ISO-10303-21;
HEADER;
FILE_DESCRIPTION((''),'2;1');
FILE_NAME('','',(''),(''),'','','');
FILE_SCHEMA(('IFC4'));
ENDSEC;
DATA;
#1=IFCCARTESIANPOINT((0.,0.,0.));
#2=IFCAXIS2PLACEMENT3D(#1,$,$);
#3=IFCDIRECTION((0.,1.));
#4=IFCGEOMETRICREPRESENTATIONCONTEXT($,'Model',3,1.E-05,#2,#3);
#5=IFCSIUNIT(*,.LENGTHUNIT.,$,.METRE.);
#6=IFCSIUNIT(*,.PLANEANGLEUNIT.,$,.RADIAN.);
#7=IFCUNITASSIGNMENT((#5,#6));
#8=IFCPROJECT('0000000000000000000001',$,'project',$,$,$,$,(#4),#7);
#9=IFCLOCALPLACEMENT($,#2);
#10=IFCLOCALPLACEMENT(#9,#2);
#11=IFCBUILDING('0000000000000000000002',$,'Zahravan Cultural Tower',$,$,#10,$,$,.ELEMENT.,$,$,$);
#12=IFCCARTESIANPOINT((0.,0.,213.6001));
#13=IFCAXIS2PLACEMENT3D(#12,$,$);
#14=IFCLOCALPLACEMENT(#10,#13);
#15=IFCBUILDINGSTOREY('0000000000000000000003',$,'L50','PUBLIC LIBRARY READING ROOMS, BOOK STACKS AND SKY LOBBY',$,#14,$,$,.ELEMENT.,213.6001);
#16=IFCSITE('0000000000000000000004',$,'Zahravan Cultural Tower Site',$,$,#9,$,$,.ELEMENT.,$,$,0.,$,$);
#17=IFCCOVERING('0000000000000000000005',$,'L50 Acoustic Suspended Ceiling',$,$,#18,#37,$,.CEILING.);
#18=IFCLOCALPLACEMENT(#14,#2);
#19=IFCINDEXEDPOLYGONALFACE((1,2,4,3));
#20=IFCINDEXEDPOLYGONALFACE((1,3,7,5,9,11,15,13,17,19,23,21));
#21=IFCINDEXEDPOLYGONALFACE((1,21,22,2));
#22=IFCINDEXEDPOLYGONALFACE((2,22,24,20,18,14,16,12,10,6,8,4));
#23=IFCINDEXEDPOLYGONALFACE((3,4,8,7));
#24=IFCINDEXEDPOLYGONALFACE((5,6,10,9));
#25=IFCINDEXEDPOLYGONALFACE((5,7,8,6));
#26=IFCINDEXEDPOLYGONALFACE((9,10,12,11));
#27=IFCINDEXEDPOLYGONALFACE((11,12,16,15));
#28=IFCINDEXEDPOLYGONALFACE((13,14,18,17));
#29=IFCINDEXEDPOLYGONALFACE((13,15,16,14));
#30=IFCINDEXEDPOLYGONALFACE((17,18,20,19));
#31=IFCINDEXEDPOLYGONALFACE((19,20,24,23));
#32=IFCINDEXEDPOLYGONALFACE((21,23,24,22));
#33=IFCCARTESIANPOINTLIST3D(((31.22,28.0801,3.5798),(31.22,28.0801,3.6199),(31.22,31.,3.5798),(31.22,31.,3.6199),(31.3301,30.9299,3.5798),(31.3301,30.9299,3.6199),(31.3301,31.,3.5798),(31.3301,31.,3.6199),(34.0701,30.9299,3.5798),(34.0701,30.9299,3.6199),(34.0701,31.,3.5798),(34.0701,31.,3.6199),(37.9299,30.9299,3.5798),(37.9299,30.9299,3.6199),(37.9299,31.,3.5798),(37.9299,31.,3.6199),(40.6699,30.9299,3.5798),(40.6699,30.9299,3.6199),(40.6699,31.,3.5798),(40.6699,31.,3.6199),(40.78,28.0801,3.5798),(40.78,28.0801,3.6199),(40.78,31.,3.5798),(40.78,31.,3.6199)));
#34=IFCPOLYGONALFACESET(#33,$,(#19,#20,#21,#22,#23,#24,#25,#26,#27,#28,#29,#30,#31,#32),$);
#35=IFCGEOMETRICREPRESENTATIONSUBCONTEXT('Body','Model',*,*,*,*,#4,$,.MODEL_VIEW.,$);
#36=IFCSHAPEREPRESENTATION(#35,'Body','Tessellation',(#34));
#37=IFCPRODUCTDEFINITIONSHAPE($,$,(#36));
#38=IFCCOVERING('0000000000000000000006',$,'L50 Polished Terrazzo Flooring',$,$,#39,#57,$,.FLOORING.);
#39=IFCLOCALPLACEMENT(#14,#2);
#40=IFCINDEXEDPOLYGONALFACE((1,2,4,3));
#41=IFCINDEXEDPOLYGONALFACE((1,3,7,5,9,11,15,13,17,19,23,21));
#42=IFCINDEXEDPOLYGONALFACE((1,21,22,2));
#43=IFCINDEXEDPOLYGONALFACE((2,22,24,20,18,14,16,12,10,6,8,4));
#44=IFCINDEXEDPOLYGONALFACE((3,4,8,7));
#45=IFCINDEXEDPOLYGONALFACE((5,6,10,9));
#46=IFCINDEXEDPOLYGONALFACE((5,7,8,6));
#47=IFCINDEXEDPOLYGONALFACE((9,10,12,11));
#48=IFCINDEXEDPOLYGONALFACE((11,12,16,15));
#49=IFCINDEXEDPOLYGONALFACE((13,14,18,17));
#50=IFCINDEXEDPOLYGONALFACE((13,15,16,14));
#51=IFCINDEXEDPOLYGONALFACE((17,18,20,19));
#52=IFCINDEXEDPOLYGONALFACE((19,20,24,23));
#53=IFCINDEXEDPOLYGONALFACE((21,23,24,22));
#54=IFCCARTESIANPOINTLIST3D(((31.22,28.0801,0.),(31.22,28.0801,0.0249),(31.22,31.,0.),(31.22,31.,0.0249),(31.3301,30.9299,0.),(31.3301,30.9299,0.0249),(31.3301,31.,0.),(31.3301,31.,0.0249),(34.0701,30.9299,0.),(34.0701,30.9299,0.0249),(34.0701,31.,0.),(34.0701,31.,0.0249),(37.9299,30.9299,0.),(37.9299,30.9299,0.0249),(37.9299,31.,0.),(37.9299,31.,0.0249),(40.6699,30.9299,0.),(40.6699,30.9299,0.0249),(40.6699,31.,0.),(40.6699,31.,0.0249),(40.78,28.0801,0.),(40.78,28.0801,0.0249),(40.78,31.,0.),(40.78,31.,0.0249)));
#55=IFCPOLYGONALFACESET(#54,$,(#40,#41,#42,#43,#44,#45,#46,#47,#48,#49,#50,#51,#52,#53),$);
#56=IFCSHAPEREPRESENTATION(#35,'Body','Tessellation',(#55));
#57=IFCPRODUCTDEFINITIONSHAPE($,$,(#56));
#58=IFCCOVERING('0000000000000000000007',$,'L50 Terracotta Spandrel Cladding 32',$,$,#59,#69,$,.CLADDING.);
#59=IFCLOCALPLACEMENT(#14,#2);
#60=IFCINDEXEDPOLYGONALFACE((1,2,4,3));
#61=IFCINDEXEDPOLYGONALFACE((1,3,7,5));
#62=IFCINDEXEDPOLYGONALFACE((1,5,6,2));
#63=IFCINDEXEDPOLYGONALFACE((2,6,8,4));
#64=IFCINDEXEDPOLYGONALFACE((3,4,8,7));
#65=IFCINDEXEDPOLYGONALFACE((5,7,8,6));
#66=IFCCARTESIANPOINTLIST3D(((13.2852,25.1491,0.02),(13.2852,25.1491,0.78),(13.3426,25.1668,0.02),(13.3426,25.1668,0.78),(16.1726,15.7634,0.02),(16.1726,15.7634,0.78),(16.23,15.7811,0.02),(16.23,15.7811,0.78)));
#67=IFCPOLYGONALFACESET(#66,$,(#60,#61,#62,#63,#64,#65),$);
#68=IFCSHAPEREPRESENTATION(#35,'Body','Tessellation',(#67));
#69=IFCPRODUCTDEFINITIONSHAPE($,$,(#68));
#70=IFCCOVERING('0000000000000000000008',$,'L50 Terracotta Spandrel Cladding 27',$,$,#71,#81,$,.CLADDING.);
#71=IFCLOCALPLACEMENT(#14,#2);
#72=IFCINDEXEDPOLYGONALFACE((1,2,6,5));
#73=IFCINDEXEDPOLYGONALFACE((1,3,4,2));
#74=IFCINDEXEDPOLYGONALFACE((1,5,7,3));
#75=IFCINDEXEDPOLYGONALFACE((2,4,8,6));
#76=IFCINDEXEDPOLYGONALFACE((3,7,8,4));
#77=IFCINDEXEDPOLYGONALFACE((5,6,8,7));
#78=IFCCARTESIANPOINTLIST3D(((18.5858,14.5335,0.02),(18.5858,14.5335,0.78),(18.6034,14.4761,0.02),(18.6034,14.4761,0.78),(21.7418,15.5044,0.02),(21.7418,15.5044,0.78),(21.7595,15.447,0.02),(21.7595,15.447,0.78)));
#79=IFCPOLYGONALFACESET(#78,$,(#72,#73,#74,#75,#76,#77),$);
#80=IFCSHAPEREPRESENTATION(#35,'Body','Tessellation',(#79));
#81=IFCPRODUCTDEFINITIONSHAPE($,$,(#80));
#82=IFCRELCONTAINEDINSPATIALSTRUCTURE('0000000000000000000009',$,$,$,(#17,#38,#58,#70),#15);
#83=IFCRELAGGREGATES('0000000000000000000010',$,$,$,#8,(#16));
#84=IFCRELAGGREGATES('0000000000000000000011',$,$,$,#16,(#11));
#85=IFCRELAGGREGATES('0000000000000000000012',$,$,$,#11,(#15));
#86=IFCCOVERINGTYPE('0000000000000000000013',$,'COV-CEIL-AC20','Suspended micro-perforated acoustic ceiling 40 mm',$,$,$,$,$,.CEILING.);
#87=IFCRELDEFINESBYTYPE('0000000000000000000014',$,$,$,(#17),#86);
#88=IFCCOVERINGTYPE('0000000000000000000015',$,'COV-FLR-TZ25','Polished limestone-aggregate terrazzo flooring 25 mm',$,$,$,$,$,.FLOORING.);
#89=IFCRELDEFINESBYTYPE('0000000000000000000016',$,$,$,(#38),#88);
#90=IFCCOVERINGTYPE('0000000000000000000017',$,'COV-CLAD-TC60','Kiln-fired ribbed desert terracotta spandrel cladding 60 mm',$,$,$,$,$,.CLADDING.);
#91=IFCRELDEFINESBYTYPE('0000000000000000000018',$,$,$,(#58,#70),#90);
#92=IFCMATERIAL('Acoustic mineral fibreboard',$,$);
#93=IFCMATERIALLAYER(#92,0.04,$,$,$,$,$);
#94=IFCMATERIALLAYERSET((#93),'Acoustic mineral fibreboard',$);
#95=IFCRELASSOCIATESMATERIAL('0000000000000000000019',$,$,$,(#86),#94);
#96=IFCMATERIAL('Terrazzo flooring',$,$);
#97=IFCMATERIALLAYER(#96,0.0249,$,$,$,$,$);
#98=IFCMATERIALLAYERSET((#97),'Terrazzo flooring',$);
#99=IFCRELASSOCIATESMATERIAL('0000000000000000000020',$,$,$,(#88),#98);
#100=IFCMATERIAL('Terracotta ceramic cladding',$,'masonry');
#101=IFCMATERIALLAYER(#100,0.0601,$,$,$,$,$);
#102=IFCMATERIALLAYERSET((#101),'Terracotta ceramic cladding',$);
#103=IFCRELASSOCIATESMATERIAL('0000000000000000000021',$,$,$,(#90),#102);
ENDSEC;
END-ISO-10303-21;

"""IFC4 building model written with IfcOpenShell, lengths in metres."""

from ifc_helpers import new_model, si_unit, direction, frame, origin, origin_2d, place, context, subcontext, project, spatial, polyline, rectangle, outline, extrude, source, transform, mapped, material, layer, layer_set, type_object, element, save


model = new_model("IFC4")

# Units and contexts
model_context = context("Model", 3, precision=1e-05, world=origin(), true_north=direction((0.0, 1.0)))
body_context = subcontext(model_context, "Body", "Model", "MODEL_VIEW")
ifc_project = project(units=[si_unit("LENGTHUNIT", "METRE"), si_unit("PLANEANGLEUNIT", "RADIAN")], contexts=[model_context])

# Site, building, storey
site_placement = place(None, origin())
site = spatial("IfcSite", under=ifc_project, at=site_placement, Name="Zahravan Cultural Tower Site", CompositionType="ELEMENT", RefElevation=0.0)
building_placement = place(site_placement, origin())
building = spatial("IfcBuilding", under=site, at=building_placement, Name="Zahravan Cultural Tower", CompositionType="ELEMENT")
storey_placement = place(building_placement, frame((0.0, 0.0, 213.6001)))
storey = spatial("IfcBuildingStorey", under=building, at=storey_placement, Name="L50", Description="PUBLIC LIBRARY READING ROOMS, BOOK STACKS AND SKY LOBBY", CompositionType="ELEMENT", Elevation=213.6001)

# Coverings
ifc_material_1 = material(Name="Acoustic mineral fibreboard")
ifc_layer_1 = layer(ifc_material_1, 0.04)
ifc_layer_set_1 = layer_set([ifc_layer_1], Name="Acoustic mineral fibreboard")
covering_type_1 = type_object("IfcCoveringType", Name="COV-CEIL-AC20", Description="Suspended micro-perforated acoustic ceiling 40 mm", PredefinedType="CEILING", material=ifc_layer_set_1)
covering_1_placement = place(storey_placement, frame((0.0, 0.0, 3.5798)))
element("IfcCovering", 1, at=covering_1_placement, inside=storey, type_object=covering_type_1, Name="L50 Acoustic Suspended Ceiling", PredefinedType="CEILING", context=body_context, shape_type="SweptSolid", body=[
    extrude(outline(polyline([(31.22, 31.0), (31.22, 28.0801), (40.78, 28.0801), (40.78, 31.0), (40.6699, 31.0), (40.6699, 30.9299), (37.9299, 30.9299), (37.9299, 31.0), (34.0701, 31.0), (34.0701, 30.9299), (31.3301, 30.9299), (31.3301, 31.0), (31.22, 31.0)])), origin(), (0.0, 0.0, 1.0), 0.04),
])
ifc_material_2 = material(Name="Terrazzo flooring")
ifc_layer_2 = layer(ifc_material_2, 0.0249)
ifc_layer_set_2 = layer_set([ifc_layer_2], Name="Terrazzo flooring")
covering_type_2 = type_object("IfcCoveringType", Name="COV-FLR-TZ25", Description="Polished limestone-aggregate terrazzo flooring 25 mm", PredefinedType="FLOORING", material=ifc_layer_set_2)
covering_2_placement = place(storey_placement, origin())
element("IfcCovering", 2, at=covering_2_placement, inside=storey, type_object=covering_type_2, Name="L50 Polished Terrazzo Flooring", PredefinedType="FLOORING", context=body_context, shape_type="SweptSolid", body=[
    extrude(outline(polyline([(31.22, 31.0), (31.22, 28.0801), (40.78, 28.0801), (40.78, 31.0), (40.6699, 31.0), (40.6699, 30.9299), (37.9299, 30.9299), (37.9299, 31.0), (34.0701, 31.0), (34.0701, 30.9299), (31.3301, 30.9299), (31.3301, 31.0), (31.22, 31.0)])), origin(), (0.0, 0.0, 1.0), 0.0249),
])
ifc_material_3 = material(Name="Terracotta ceramic cladding", Category="masonry")
ifc_layer_3 = layer(ifc_material_3, 0.0601)
ifc_layer_set_3 = layer_set([ifc_layer_3], Name="Terracotta ceramic cladding")
covering_type_3 = type_object("IfcCoveringType", Name="COV-CLAD-TC60", Description="Kiln-fired ribbed desert terracotta spandrel cladding 60 mm", PredefinedType="CLADDING", material=ifc_layer_set_3)
shared_shape_1 = source(origin(), body_context, "Body", "SweptSolid", [
    extrude(rectangle(XDim=9.8198, YDim=0.0601, at=origin_2d()), origin(), (0.0, 0.0, 1.0), 0.76),
])
covering_3_placement = place(storey_placement, frame((14.7576, 20.4651, 0.02), z_axis=(0.0, 0.0, 1.0), x_axis=(-0.29404, 0.955793, 0.0)))
element("IfcCovering", 3, at=covering_3_placement, inside=storey, type_object=covering_type_3, Name="L50 Terracotta Spandrel Cladding 32", PredefinedType="CLADDING", context=body_context, shape_type="MappedRepresentation", body=[
    mapped(shared_shape_1, transform((0.0, 0.0, 0.0), x_axis=(1.0, 0.0, 0.0), y_axis=(0.0, 1.0, 0.0), z_axis=(0.0, 0.0, 1.0), scale=1.0)),
])
shared_shape_2 = source(origin(), body_context, "Body", "SweptSolid", [
    extrude(rectangle(XDim=3.302, YDim=0.0601, at=origin_2d()), origin(), (0.0, 0.0, 1.0), 0.76),
])
covering_4_placement = place(storey_placement, frame((20.1726, 14.9902, 0.02), z_axis=(0.0, 0.0, 1.0), x_axis=(-0.955793, -0.29404, 0.0)))
element("IfcCovering", 4, at=covering_4_placement, inside=storey, type_object=covering_type_3, Name="L50 Terracotta Spandrel Cladding 27", PredefinedType="CLADDING", context=body_context, shape_type="MappedRepresentation", body=[
    mapped(shared_shape_2, transform((0.0, 0.0, 0.0), x_axis=(1.0, 0.0, 0.0), y_axis=(0.0, 1.0, 0.0), z_axis=(0.0, 0.0, 1.0), scale=1.0)),
])

save(model, "model.ifc")
